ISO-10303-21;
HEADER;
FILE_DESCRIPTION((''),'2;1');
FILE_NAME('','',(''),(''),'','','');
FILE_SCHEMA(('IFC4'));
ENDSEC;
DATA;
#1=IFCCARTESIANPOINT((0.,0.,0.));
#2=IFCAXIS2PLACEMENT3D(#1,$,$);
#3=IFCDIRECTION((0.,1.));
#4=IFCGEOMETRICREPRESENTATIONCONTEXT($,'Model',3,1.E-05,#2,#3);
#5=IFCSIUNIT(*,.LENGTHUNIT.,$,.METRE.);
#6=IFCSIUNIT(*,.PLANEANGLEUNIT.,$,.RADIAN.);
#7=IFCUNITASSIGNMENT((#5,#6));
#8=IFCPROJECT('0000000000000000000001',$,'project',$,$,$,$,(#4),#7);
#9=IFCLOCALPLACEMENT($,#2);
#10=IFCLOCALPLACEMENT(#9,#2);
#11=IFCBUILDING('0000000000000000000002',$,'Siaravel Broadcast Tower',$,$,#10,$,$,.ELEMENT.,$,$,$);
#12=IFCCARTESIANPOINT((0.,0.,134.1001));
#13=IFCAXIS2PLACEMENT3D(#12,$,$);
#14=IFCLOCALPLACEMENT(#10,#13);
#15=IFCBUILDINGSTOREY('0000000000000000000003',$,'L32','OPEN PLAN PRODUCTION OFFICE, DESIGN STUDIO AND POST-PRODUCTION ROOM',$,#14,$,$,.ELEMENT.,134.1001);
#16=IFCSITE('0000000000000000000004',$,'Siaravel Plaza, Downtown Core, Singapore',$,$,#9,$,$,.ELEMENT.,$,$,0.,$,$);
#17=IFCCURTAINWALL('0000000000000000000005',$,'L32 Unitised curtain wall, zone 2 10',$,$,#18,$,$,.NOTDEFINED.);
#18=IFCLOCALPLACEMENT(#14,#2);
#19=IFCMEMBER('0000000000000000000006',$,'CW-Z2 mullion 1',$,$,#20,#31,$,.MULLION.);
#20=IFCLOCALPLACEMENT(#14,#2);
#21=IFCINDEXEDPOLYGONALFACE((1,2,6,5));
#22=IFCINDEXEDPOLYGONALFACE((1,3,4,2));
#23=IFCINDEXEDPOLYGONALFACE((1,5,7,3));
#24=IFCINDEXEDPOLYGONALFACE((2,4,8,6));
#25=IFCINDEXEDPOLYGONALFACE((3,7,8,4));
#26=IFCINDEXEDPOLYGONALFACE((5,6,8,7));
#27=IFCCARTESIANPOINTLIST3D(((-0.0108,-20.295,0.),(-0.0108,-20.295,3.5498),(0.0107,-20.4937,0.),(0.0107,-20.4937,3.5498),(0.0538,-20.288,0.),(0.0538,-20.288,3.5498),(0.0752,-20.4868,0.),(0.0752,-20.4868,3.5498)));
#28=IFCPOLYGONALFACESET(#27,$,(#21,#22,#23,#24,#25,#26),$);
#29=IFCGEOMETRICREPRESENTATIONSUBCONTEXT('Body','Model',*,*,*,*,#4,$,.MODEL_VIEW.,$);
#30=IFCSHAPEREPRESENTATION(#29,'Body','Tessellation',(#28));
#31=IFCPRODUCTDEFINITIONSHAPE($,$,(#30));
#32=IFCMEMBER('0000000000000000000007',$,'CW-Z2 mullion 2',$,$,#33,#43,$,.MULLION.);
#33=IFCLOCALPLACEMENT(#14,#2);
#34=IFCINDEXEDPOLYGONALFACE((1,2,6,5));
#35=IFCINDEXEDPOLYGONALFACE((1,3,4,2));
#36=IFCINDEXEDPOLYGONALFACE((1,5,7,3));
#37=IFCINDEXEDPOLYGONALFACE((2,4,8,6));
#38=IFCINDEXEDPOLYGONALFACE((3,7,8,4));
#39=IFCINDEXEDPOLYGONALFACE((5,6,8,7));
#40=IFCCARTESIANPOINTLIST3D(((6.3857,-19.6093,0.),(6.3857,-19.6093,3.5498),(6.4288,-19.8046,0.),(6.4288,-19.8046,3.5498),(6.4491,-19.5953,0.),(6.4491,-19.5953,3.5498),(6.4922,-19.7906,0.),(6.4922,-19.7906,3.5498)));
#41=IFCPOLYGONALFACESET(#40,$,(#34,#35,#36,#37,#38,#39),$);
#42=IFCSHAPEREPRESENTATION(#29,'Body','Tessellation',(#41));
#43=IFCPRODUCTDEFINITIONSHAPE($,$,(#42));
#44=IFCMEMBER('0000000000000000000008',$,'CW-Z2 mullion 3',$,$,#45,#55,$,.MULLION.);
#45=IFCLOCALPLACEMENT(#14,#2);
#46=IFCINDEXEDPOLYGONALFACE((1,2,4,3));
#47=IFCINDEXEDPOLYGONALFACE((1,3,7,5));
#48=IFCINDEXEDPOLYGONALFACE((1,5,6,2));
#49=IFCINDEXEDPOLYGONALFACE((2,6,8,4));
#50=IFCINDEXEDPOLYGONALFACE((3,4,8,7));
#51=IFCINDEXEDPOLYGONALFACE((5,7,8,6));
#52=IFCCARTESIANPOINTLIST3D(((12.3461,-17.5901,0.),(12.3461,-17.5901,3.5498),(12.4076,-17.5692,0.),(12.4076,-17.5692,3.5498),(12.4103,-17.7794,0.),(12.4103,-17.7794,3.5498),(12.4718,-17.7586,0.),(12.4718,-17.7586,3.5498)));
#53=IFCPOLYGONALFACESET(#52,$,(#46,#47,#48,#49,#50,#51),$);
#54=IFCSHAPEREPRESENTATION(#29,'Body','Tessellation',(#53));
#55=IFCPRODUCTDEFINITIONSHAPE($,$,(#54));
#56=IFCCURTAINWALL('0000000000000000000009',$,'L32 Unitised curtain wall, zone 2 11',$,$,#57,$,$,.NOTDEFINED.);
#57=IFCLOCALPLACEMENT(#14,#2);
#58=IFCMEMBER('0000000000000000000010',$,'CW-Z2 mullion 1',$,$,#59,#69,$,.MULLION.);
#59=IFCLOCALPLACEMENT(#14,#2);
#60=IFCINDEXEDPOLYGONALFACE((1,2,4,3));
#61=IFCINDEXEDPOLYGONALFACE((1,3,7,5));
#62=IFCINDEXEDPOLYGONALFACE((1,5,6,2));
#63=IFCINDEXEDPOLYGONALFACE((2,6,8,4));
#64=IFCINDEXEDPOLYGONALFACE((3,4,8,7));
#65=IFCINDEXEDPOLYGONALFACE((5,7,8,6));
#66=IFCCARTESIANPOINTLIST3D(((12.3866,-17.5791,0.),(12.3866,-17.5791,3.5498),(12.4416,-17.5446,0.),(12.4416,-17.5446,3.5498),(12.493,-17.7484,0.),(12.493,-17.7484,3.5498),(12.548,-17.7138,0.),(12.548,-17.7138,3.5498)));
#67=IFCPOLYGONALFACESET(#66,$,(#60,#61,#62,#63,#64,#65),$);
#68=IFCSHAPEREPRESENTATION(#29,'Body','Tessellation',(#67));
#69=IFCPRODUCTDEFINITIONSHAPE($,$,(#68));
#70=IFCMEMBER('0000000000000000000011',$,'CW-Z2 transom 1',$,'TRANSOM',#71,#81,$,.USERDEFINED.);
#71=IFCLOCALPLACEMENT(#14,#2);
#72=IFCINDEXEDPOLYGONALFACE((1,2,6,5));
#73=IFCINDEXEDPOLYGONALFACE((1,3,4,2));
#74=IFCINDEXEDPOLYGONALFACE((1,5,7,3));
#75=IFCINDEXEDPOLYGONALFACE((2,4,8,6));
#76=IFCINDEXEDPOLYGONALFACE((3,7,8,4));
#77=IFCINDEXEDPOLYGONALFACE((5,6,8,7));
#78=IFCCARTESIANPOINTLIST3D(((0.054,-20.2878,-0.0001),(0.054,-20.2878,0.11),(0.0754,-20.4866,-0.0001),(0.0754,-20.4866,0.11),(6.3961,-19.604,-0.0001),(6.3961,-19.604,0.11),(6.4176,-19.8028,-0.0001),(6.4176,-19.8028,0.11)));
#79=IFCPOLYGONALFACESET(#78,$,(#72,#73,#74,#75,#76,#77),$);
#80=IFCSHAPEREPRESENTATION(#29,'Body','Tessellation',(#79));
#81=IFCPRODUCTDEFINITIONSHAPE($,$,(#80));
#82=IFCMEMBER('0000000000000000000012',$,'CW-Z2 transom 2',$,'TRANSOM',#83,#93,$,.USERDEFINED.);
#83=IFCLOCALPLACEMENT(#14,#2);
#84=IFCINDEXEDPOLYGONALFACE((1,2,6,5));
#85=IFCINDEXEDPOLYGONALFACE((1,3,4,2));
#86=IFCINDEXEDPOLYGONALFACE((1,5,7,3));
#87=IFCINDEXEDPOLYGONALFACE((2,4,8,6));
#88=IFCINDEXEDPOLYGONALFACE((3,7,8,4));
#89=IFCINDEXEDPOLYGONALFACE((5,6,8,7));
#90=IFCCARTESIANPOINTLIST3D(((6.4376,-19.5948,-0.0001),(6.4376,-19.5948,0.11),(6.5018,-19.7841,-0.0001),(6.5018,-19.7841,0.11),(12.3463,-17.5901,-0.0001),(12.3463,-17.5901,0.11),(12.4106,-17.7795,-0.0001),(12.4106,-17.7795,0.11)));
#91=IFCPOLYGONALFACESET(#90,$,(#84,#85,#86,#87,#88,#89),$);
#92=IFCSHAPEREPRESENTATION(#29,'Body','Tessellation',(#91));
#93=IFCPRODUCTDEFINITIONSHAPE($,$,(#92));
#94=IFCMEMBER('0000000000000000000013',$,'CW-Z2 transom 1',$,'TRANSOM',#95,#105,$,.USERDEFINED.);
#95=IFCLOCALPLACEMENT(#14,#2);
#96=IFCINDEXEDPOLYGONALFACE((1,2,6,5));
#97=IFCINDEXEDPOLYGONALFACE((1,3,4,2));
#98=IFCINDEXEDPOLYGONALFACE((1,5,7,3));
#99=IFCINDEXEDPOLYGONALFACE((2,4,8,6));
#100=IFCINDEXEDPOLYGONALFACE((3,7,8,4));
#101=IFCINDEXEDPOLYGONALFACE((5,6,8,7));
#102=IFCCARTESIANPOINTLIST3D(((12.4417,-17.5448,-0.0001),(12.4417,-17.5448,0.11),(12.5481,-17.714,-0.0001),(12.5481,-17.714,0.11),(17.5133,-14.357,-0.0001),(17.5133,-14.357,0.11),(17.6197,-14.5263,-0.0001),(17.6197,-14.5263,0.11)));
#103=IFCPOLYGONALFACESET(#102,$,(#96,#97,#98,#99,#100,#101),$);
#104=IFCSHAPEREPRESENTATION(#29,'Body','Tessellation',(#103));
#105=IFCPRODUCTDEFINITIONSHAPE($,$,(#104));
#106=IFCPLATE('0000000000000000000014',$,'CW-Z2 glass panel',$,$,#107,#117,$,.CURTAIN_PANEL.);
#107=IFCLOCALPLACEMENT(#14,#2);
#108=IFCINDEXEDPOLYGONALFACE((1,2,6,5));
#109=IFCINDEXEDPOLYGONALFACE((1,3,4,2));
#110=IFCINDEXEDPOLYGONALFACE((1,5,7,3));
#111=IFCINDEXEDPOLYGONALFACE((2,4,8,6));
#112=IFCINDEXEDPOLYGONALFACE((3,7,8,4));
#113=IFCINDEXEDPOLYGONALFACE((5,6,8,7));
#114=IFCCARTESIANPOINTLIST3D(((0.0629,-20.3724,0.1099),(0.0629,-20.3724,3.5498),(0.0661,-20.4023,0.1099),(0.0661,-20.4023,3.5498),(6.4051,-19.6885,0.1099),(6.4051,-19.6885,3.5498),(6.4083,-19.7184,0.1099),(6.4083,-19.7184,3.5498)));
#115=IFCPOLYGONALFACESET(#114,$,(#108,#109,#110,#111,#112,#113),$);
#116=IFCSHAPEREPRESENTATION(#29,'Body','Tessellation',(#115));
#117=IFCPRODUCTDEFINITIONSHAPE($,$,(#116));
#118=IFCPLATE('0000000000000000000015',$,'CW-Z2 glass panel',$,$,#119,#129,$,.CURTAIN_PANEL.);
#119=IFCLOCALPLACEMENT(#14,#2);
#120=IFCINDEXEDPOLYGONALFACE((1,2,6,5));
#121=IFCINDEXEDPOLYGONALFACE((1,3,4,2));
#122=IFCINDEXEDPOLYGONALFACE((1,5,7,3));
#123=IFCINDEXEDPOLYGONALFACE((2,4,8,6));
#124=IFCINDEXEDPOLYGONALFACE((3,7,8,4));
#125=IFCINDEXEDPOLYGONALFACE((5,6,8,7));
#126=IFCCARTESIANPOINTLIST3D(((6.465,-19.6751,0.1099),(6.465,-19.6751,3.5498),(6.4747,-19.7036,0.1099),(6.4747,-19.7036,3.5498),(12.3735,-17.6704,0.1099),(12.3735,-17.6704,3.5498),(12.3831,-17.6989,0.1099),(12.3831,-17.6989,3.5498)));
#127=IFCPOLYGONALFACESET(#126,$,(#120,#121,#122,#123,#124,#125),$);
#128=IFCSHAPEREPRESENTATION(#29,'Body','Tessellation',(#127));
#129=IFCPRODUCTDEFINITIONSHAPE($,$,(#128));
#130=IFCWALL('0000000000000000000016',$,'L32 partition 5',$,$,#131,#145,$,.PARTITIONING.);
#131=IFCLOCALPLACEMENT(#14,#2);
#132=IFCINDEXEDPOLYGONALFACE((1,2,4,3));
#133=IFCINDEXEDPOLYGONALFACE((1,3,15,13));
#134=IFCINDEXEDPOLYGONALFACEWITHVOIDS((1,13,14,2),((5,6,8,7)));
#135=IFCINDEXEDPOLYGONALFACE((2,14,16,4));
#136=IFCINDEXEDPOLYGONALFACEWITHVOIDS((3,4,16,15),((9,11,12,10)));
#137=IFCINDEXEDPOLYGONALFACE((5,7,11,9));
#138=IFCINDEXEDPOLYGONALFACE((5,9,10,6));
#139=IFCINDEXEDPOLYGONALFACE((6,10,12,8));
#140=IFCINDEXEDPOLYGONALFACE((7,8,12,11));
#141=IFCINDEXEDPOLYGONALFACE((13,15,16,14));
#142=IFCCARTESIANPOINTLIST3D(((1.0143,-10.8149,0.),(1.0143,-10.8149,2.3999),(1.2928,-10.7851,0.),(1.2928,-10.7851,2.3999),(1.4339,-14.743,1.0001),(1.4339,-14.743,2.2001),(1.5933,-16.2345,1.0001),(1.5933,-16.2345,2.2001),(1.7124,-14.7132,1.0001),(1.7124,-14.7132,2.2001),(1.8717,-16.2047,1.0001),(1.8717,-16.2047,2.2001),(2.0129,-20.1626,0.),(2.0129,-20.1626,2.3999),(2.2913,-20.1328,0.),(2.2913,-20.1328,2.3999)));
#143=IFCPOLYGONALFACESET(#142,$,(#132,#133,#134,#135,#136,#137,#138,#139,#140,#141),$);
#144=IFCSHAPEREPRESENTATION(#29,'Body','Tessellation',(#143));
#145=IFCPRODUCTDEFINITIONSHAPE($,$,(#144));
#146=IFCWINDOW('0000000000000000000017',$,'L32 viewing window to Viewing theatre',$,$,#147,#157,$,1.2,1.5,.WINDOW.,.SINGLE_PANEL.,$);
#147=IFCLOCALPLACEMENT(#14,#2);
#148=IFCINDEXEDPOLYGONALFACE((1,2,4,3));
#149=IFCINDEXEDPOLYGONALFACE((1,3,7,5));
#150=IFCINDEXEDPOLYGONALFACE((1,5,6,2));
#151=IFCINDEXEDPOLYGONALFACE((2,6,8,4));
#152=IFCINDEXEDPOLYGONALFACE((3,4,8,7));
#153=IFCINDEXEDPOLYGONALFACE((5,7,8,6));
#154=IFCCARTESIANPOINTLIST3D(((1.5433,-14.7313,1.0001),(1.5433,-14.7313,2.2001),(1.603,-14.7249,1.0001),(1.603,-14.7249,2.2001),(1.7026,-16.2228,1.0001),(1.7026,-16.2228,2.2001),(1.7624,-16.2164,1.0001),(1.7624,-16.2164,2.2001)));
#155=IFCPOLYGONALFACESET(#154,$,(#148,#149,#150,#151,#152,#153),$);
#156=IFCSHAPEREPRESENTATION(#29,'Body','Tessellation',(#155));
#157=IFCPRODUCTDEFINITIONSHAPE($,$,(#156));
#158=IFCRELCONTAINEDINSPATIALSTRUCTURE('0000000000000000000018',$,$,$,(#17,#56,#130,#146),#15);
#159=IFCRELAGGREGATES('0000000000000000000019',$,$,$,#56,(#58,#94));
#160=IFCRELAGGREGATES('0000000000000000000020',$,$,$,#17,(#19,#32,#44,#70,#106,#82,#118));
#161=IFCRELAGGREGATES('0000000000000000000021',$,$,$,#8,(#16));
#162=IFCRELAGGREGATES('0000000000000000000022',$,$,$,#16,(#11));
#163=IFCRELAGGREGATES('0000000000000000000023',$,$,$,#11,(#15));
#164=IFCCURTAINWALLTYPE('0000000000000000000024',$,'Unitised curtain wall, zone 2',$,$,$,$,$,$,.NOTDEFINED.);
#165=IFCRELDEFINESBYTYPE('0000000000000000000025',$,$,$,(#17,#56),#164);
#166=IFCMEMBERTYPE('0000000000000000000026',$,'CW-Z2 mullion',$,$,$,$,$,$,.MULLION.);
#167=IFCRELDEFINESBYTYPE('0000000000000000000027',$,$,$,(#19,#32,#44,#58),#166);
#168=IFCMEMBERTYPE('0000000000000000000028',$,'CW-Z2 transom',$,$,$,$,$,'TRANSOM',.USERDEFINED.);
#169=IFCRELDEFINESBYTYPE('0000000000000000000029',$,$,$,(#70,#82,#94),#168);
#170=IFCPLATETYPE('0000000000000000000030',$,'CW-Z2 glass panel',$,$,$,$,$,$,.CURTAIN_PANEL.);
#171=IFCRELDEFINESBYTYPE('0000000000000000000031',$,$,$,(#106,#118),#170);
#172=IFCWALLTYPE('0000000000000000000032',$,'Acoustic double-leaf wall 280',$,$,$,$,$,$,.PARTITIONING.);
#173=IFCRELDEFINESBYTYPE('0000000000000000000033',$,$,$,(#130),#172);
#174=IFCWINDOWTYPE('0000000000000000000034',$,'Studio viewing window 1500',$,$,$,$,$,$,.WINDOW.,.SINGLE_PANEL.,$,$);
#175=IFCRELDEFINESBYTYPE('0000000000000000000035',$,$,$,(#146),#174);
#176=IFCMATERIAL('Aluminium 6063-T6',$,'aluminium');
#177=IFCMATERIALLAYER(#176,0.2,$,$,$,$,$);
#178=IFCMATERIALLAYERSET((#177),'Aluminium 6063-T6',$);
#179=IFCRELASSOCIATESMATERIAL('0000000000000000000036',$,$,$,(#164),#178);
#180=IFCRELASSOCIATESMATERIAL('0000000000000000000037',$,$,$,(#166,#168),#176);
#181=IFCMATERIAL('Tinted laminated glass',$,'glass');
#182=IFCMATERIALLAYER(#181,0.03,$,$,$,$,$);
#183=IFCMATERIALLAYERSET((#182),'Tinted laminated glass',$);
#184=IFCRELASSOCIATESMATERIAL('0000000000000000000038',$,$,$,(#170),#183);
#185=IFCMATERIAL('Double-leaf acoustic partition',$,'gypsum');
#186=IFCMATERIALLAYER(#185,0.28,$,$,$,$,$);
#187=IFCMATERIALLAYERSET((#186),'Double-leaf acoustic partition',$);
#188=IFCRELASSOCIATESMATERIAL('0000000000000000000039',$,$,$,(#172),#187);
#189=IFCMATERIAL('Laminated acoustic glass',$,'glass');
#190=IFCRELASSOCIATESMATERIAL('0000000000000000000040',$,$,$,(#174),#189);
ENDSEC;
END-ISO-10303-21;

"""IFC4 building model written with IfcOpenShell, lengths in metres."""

from ifc_helpers import new_model, si_unit, direction, frame, frame_2d, origin, origin_2d, place, context, subcontext, project, spatial, rectangle, extrude, material, layer, layer_set, material_profile, profile_set, type_object, element, fill, aggregate, save


model = new_model("IFC4")

# Units and contexts
model_context = context("Model", 3, precision=1e-05, world=origin(), true_north=direction((0.0, 1.0)))
body_context = subcontext(model_context, "Body", "Model", "MODEL_VIEW")
ifc_project = project(units=[si_unit("LENGTHUNIT", "METRE"), si_unit("PLANEANGLEUNIT", "RADIAN")], contexts=[model_context])

# Site, building, storey
site_placement = place(None, origin())
site = spatial("IfcSite", under=ifc_project, at=site_placement, Name="Siaravel Plaza, Downtown Core, Singapore", CompositionType="ELEMENT", RefElevation=0.0)
building_placement = place(site_placement, origin())
building = spatial("IfcBuilding", under=site, at=building_placement, Name="Siaravel Broadcast Tower", CompositionType="ELEMENT")
storey_placement = place(building_placement, frame((0.0, 0.0, 134.1001)))
storey = spatial("IfcBuildingStorey", under=building, at=storey_placement, Name="L32", Description="OPEN PLAN PRODUCTION OFFICE, DESIGN STUDIO AND POST-PRODUCTION ROOM", CompositionType="ELEMENT", Elevation=134.1001)

# Curtain wall, members
ifc_material_1 = material(Name="Aluminium 6063-T6", Category="aluminium")
ifc_layer_1 = layer(ifc_material_1, 0.2)
ifc_layer_set_1 = layer_set([ifc_layer_1], Name="Aluminium 6063-T6")
curtain_wall_type = type_object("IfcCurtainWallType", Name="Unitised curtain wall, zone 2", PredefinedType="NOTDEFINED", material=ifc_layer_set_1)
curtain_wall_1_placement = place(storey_placement, origin())
curtain_wall_1 = element("IfcCurtainWall", 1, at=curtain_wall_1_placement, inside=storey, type_object=curtain_wall_type, Name="L32 Unitised curtain wall, zone 2 10", PredefinedType="NOTDEFINED")
ifc_material_profile_1 = material_profile(ifc_material_1, rectangle(XDim=0.2, YDim=0.0649, at=origin_2d()))
ifc_profile_set_1 = profile_set([ifc_material_profile_1], Name="Aluminium 6063-T6")
member_type_1 = type_object("IfcMemberType", Name="CW-Z2 mullion", PredefinedType="MULLION", material=ifc_profile_set_1)
member_1_placement = place(storey_placement, frame((0.0322, -20.3909, 0.0), z_axis=(0.0, 0.0, 1.0), x_axis=(-0.107218, 0.994236, 0.0)))
member_1 = element("IfcMember", 2, at=member_1_placement, type_object=member_type_1, Name="CW-Z2 mullion 1", PredefinedType="MULLION", context=body_context, shape_type="SweptSolid", body=[
    extrude(rectangle(XDim=0.2, YDim=0.0649, at=origin_2d()), origin(), (0.0, 0.0, 1.0), 3.5498),
])
member_2_placement = place(storey_placement, frame((6.439, -19.7, 0.0), z_axis=(0.0, 0.0, 1.0), x_axis=(-0.215559, 0.976491, 0.0)))
member_2 = element("IfcMember", 3, at=member_2_placement, type_object=member_type_1, Name="CW-Z2 mullion 2", PredefinedType="MULLION", context=body_context, shape_type="SweptSolid", body=[
    extrude(rectangle(XDim=0.2, YDim=0.0649, at=origin_2d()), origin(), (0.0, 0.0, 1.0), 3.5498),
])
member_3_placement = place(storey_placement, frame((12.4089, -17.6743, 0.0), z_axis=(0.0, 0.0, 1.0), x_axis=(-0.321302, 0.946977, 0.0)))
member_3 = element("IfcMember", 4, at=member_3_placement, type_object=member_type_1, Name="CW-Z2 mullion 3", PredefinedType="MULLION", context=body_context, shape_type="SweptSolid", body=[
    extrude(rectangle(XDim=0.2, YDim=0.0649, at=origin_2d()), origin(), (0.0, 0.0, 1.0), 3.5498),
])

# Curtain wall, member
curtain_wall_2_placement = place(storey_placement, origin())
curtain_wall_2 = element("IfcCurtainWall", 5, at=curtain_wall_2_placement, inside=storey, type_object=curtain_wall_type, Name="L32 Unitised curtain wall, zone 2 11", PredefinedType="NOTDEFINED")
member_4_placement = place(storey_placement, frame((12.4673, -17.6465, 0.0), z_axis=(0.0, 0.0, 1.0), x_axis=(-0.532151, 0.846649, 0.0)))
member_4 = element("IfcMember", 6, at=member_4_placement, type_object=member_type_1, Name="CW-Z2 mullion 1", PredefinedType="MULLION", context=body_context, shape_type="SweptSolid", body=[
    extrude(rectangle(XDim=0.2, YDim=0.0649, at=origin_2d()), origin(), (0.0, 0.0, 1.0), 3.5498),
])

# Members
ifc_material_profile_2 = material_profile(ifc_material_1, rectangle(XDim=0.2, YDim=0.1101, at=origin_2d()))
ifc_profile_set_2 = profile_set([ifc_material_profile_2], Name="Aluminium 6063-T6")
member_type_2 = type_object("IfcMemberType", Name="CW-Z2 transom", ElementType="TRANSOM", PredefinedType="USERDEFINED", material=ifc_profile_set_2)
member_5_placement = place(storey_placement, frame((0.0647, -20.3872, 0.0549), z_axis=(0.994237, 0.107205, 0.0), x_axis=(-0.107205, 0.994237, 0.0)))
member_5 = element("IfcMember", 7, at=member_5_placement, type_object=member_type_2, Name="CW-Z2 transom 1", ObjectType="TRANSOM", PredefinedType="USERDEFINED", context=body_context, shape_type="SweptSolid", body=[
    extrude(rectangle(XDim=0.2, YDim=0.1101, at=origin_2d()), origin(), (0.0, 0.0, 1.0), 6.3789),
])
member_6_placement = place(storey_placement, frame((6.4697, -19.6895, 0.0549), z_axis=(0.946983, 0.321283, 0.0), x_axis=(-0.321283, 0.946983, 0.0)))
member_6 = element("IfcMember", 8, at=member_6_placement, type_object=member_type_2, Name="CW-Z2 transom 2", ObjectType="TRANSOM", PredefinedType="USERDEFINED", context=body_context, shape_type="SweptSolid", body=[
    extrude(rectangle(XDim=0.2, YDim=0.1101, at=origin_2d()), origin(), (0.0, 0.0, 1.0), 6.2395),
])
member_7_placement = place(storey_placement, frame((12.4949, -17.6294, 0.0549), z_axis=(0.846642, 0.532162, 0.0), x_axis=(-0.532162, 0.846642, 0.0)))
member_7 = element("IfcMember", 9, at=member_7_placement, type_object=member_type_2, Name="CW-Z2 transom 1", ObjectType="TRANSOM", PredefinedType="USERDEFINED", context=body_context, shape_type="SweptSolid", body=[
    extrude(rectangle(XDim=0.2, YDim=0.1101, at=origin_2d()), origin(), (0.0, 0.0, 1.0), 5.9902),
])
aggregate(curtain_wall_2, [member_4, member_7])

# Plates
ifc_material_2 = material(Name="Tinted laminated glass", Category="glass")
ifc_layer_2 = layer(ifc_material_2, 0.03)
ifc_layer_set_2 = layer_set([ifc_layer_2], Name="Tinted laminated glass")
plate_type = type_object("IfcPlateType", Name="CW-Z2 glass panel", PredefinedType="CURTAIN_PANEL", material=ifc_layer_set_2)
plate_1_placement = place(storey_placement, frame((3.2356, -20.0454, 0.1099), z_axis=(0.0, 0.0, 1.0), x_axis=(0.994236, 0.107218, 0.0)))
plate_1 = element("IfcPlate", 10, at=plate_1_placement, type_object=plate_type, Name="CW-Z2 glass panel", PredefinedType="CURTAIN_PANEL", context=body_context, shape_type="SweptSolid", body=[
    extrude(rectangle(XDim=6.3789, YDim=0.03, at=origin_2d()), origin(), (0.0, 0.0, 1.0), 3.4399),
])
plate_2_placement = place(storey_placement, frame((9.4241, -18.687, 0.1099), z_axis=(0.0, 0.0, 1.0), x_axis=(0.946977, 0.321302, 0.0)))
plate_2 = element("IfcPlate", 11, at=plate_2_placement, type_object=plate_type, Name="CW-Z2 glass panel", PredefinedType="CURTAIN_PANEL", context=body_context, shape_type="SweptSolid", body=[
    extrude(rectangle(XDim=6.2393, YDim=0.03, at=origin_2d()), origin(), (0.0, 0.0, 1.0), 3.4399),
])
aggregate(curtain_wall_1, [member_1, member_2, member_3, member_5, plate_1, member_6, plate_2])

# Wall, opening, window
ifc_material_3 = material(Name="Double-leaf acoustic partition", Category="gypsum")
ifc_layer_3 = layer(ifc_material_3, 0.28)
ifc_layer_set_3 = layer_set([ifc_layer_3], Name="Double-leaf acoustic partition")
wall_type = type_object("IfcWallType", Name="Acoustic double-leaf wall 280", PredefinedType="PARTITIONING", material=ifc_layer_set_3)
wall_placement = place(storey_placement, frame((2.1521, -20.1477, 0.0), z_axis=(0.0, 0.0, 1.0), x_axis=(-0.106218, 0.994343, 0.0)))
wall = element("IfcWall", 12, at=wall_placement, inside=storey, type_object=wall_type, Name="L32 partition 5", PredefinedType="PARTITIONING", context=body_context, shape_type="SweptSolid", body=[
    extrude(rectangle(XDim=9.4009, YDim=0.28, at=frame_2d((4.7004, 0.0))), origin(), (0.0, 0.0, 1.0), 2.3999),
])
opening_placement = place(wall_placement, frame((3.9504, 0.0, 1.0)))
opening = element("IfcOpeningElement", 13, at=opening_placement, cuts=wall, PredefinedType="OPENING", context=body_context, shape_type="SweptSolid", body=[
    extrude(rectangle(XDim=1.5, YDim=1.2, at=frame_2d((0.75, 0.6001))), frame((0.0, 0.1499, 0.0), z_axis=(0.0, -1.0, 0.0), x_axis=(1.0, 0.0, 0.0)), (0.0, 0.0, 1.0), 0.3),
])
ifc_material_4 = material(Name="Laminated acoustic glass", Category="glass")
window_type = type_object("IfcWindowType", Name="Studio viewing window 1500", PartitioningType="SINGLE_PANEL", PredefinedType="WINDOW", material=ifc_material_4)
window_placement = place(opening_placement, origin())
window = element("IfcWindow", 14, at=window_placement, inside=storey, type_object=window_type, Name="L32 viewing window to Viewing theatre", OverallHeight=1.2, OverallWidth=1.5, PartitioningType="SINGLE_PANEL", PredefinedType="WINDOW", context=body_context, shape_type="SweptSolid", body=[
    extrude(rectangle(XDim=1.5, YDim=1.2, at=frame_2d((0.75, 0.6001))), frame((0.0, 0.03, 0.0), z_axis=(0.0, -1.0, 0.0), x_axis=(1.0, 0.0, 0.0)), (0.0, 0.0, 1.0), 0.0601),
])
fill(opening, window)

save(model, "model.ifc")
